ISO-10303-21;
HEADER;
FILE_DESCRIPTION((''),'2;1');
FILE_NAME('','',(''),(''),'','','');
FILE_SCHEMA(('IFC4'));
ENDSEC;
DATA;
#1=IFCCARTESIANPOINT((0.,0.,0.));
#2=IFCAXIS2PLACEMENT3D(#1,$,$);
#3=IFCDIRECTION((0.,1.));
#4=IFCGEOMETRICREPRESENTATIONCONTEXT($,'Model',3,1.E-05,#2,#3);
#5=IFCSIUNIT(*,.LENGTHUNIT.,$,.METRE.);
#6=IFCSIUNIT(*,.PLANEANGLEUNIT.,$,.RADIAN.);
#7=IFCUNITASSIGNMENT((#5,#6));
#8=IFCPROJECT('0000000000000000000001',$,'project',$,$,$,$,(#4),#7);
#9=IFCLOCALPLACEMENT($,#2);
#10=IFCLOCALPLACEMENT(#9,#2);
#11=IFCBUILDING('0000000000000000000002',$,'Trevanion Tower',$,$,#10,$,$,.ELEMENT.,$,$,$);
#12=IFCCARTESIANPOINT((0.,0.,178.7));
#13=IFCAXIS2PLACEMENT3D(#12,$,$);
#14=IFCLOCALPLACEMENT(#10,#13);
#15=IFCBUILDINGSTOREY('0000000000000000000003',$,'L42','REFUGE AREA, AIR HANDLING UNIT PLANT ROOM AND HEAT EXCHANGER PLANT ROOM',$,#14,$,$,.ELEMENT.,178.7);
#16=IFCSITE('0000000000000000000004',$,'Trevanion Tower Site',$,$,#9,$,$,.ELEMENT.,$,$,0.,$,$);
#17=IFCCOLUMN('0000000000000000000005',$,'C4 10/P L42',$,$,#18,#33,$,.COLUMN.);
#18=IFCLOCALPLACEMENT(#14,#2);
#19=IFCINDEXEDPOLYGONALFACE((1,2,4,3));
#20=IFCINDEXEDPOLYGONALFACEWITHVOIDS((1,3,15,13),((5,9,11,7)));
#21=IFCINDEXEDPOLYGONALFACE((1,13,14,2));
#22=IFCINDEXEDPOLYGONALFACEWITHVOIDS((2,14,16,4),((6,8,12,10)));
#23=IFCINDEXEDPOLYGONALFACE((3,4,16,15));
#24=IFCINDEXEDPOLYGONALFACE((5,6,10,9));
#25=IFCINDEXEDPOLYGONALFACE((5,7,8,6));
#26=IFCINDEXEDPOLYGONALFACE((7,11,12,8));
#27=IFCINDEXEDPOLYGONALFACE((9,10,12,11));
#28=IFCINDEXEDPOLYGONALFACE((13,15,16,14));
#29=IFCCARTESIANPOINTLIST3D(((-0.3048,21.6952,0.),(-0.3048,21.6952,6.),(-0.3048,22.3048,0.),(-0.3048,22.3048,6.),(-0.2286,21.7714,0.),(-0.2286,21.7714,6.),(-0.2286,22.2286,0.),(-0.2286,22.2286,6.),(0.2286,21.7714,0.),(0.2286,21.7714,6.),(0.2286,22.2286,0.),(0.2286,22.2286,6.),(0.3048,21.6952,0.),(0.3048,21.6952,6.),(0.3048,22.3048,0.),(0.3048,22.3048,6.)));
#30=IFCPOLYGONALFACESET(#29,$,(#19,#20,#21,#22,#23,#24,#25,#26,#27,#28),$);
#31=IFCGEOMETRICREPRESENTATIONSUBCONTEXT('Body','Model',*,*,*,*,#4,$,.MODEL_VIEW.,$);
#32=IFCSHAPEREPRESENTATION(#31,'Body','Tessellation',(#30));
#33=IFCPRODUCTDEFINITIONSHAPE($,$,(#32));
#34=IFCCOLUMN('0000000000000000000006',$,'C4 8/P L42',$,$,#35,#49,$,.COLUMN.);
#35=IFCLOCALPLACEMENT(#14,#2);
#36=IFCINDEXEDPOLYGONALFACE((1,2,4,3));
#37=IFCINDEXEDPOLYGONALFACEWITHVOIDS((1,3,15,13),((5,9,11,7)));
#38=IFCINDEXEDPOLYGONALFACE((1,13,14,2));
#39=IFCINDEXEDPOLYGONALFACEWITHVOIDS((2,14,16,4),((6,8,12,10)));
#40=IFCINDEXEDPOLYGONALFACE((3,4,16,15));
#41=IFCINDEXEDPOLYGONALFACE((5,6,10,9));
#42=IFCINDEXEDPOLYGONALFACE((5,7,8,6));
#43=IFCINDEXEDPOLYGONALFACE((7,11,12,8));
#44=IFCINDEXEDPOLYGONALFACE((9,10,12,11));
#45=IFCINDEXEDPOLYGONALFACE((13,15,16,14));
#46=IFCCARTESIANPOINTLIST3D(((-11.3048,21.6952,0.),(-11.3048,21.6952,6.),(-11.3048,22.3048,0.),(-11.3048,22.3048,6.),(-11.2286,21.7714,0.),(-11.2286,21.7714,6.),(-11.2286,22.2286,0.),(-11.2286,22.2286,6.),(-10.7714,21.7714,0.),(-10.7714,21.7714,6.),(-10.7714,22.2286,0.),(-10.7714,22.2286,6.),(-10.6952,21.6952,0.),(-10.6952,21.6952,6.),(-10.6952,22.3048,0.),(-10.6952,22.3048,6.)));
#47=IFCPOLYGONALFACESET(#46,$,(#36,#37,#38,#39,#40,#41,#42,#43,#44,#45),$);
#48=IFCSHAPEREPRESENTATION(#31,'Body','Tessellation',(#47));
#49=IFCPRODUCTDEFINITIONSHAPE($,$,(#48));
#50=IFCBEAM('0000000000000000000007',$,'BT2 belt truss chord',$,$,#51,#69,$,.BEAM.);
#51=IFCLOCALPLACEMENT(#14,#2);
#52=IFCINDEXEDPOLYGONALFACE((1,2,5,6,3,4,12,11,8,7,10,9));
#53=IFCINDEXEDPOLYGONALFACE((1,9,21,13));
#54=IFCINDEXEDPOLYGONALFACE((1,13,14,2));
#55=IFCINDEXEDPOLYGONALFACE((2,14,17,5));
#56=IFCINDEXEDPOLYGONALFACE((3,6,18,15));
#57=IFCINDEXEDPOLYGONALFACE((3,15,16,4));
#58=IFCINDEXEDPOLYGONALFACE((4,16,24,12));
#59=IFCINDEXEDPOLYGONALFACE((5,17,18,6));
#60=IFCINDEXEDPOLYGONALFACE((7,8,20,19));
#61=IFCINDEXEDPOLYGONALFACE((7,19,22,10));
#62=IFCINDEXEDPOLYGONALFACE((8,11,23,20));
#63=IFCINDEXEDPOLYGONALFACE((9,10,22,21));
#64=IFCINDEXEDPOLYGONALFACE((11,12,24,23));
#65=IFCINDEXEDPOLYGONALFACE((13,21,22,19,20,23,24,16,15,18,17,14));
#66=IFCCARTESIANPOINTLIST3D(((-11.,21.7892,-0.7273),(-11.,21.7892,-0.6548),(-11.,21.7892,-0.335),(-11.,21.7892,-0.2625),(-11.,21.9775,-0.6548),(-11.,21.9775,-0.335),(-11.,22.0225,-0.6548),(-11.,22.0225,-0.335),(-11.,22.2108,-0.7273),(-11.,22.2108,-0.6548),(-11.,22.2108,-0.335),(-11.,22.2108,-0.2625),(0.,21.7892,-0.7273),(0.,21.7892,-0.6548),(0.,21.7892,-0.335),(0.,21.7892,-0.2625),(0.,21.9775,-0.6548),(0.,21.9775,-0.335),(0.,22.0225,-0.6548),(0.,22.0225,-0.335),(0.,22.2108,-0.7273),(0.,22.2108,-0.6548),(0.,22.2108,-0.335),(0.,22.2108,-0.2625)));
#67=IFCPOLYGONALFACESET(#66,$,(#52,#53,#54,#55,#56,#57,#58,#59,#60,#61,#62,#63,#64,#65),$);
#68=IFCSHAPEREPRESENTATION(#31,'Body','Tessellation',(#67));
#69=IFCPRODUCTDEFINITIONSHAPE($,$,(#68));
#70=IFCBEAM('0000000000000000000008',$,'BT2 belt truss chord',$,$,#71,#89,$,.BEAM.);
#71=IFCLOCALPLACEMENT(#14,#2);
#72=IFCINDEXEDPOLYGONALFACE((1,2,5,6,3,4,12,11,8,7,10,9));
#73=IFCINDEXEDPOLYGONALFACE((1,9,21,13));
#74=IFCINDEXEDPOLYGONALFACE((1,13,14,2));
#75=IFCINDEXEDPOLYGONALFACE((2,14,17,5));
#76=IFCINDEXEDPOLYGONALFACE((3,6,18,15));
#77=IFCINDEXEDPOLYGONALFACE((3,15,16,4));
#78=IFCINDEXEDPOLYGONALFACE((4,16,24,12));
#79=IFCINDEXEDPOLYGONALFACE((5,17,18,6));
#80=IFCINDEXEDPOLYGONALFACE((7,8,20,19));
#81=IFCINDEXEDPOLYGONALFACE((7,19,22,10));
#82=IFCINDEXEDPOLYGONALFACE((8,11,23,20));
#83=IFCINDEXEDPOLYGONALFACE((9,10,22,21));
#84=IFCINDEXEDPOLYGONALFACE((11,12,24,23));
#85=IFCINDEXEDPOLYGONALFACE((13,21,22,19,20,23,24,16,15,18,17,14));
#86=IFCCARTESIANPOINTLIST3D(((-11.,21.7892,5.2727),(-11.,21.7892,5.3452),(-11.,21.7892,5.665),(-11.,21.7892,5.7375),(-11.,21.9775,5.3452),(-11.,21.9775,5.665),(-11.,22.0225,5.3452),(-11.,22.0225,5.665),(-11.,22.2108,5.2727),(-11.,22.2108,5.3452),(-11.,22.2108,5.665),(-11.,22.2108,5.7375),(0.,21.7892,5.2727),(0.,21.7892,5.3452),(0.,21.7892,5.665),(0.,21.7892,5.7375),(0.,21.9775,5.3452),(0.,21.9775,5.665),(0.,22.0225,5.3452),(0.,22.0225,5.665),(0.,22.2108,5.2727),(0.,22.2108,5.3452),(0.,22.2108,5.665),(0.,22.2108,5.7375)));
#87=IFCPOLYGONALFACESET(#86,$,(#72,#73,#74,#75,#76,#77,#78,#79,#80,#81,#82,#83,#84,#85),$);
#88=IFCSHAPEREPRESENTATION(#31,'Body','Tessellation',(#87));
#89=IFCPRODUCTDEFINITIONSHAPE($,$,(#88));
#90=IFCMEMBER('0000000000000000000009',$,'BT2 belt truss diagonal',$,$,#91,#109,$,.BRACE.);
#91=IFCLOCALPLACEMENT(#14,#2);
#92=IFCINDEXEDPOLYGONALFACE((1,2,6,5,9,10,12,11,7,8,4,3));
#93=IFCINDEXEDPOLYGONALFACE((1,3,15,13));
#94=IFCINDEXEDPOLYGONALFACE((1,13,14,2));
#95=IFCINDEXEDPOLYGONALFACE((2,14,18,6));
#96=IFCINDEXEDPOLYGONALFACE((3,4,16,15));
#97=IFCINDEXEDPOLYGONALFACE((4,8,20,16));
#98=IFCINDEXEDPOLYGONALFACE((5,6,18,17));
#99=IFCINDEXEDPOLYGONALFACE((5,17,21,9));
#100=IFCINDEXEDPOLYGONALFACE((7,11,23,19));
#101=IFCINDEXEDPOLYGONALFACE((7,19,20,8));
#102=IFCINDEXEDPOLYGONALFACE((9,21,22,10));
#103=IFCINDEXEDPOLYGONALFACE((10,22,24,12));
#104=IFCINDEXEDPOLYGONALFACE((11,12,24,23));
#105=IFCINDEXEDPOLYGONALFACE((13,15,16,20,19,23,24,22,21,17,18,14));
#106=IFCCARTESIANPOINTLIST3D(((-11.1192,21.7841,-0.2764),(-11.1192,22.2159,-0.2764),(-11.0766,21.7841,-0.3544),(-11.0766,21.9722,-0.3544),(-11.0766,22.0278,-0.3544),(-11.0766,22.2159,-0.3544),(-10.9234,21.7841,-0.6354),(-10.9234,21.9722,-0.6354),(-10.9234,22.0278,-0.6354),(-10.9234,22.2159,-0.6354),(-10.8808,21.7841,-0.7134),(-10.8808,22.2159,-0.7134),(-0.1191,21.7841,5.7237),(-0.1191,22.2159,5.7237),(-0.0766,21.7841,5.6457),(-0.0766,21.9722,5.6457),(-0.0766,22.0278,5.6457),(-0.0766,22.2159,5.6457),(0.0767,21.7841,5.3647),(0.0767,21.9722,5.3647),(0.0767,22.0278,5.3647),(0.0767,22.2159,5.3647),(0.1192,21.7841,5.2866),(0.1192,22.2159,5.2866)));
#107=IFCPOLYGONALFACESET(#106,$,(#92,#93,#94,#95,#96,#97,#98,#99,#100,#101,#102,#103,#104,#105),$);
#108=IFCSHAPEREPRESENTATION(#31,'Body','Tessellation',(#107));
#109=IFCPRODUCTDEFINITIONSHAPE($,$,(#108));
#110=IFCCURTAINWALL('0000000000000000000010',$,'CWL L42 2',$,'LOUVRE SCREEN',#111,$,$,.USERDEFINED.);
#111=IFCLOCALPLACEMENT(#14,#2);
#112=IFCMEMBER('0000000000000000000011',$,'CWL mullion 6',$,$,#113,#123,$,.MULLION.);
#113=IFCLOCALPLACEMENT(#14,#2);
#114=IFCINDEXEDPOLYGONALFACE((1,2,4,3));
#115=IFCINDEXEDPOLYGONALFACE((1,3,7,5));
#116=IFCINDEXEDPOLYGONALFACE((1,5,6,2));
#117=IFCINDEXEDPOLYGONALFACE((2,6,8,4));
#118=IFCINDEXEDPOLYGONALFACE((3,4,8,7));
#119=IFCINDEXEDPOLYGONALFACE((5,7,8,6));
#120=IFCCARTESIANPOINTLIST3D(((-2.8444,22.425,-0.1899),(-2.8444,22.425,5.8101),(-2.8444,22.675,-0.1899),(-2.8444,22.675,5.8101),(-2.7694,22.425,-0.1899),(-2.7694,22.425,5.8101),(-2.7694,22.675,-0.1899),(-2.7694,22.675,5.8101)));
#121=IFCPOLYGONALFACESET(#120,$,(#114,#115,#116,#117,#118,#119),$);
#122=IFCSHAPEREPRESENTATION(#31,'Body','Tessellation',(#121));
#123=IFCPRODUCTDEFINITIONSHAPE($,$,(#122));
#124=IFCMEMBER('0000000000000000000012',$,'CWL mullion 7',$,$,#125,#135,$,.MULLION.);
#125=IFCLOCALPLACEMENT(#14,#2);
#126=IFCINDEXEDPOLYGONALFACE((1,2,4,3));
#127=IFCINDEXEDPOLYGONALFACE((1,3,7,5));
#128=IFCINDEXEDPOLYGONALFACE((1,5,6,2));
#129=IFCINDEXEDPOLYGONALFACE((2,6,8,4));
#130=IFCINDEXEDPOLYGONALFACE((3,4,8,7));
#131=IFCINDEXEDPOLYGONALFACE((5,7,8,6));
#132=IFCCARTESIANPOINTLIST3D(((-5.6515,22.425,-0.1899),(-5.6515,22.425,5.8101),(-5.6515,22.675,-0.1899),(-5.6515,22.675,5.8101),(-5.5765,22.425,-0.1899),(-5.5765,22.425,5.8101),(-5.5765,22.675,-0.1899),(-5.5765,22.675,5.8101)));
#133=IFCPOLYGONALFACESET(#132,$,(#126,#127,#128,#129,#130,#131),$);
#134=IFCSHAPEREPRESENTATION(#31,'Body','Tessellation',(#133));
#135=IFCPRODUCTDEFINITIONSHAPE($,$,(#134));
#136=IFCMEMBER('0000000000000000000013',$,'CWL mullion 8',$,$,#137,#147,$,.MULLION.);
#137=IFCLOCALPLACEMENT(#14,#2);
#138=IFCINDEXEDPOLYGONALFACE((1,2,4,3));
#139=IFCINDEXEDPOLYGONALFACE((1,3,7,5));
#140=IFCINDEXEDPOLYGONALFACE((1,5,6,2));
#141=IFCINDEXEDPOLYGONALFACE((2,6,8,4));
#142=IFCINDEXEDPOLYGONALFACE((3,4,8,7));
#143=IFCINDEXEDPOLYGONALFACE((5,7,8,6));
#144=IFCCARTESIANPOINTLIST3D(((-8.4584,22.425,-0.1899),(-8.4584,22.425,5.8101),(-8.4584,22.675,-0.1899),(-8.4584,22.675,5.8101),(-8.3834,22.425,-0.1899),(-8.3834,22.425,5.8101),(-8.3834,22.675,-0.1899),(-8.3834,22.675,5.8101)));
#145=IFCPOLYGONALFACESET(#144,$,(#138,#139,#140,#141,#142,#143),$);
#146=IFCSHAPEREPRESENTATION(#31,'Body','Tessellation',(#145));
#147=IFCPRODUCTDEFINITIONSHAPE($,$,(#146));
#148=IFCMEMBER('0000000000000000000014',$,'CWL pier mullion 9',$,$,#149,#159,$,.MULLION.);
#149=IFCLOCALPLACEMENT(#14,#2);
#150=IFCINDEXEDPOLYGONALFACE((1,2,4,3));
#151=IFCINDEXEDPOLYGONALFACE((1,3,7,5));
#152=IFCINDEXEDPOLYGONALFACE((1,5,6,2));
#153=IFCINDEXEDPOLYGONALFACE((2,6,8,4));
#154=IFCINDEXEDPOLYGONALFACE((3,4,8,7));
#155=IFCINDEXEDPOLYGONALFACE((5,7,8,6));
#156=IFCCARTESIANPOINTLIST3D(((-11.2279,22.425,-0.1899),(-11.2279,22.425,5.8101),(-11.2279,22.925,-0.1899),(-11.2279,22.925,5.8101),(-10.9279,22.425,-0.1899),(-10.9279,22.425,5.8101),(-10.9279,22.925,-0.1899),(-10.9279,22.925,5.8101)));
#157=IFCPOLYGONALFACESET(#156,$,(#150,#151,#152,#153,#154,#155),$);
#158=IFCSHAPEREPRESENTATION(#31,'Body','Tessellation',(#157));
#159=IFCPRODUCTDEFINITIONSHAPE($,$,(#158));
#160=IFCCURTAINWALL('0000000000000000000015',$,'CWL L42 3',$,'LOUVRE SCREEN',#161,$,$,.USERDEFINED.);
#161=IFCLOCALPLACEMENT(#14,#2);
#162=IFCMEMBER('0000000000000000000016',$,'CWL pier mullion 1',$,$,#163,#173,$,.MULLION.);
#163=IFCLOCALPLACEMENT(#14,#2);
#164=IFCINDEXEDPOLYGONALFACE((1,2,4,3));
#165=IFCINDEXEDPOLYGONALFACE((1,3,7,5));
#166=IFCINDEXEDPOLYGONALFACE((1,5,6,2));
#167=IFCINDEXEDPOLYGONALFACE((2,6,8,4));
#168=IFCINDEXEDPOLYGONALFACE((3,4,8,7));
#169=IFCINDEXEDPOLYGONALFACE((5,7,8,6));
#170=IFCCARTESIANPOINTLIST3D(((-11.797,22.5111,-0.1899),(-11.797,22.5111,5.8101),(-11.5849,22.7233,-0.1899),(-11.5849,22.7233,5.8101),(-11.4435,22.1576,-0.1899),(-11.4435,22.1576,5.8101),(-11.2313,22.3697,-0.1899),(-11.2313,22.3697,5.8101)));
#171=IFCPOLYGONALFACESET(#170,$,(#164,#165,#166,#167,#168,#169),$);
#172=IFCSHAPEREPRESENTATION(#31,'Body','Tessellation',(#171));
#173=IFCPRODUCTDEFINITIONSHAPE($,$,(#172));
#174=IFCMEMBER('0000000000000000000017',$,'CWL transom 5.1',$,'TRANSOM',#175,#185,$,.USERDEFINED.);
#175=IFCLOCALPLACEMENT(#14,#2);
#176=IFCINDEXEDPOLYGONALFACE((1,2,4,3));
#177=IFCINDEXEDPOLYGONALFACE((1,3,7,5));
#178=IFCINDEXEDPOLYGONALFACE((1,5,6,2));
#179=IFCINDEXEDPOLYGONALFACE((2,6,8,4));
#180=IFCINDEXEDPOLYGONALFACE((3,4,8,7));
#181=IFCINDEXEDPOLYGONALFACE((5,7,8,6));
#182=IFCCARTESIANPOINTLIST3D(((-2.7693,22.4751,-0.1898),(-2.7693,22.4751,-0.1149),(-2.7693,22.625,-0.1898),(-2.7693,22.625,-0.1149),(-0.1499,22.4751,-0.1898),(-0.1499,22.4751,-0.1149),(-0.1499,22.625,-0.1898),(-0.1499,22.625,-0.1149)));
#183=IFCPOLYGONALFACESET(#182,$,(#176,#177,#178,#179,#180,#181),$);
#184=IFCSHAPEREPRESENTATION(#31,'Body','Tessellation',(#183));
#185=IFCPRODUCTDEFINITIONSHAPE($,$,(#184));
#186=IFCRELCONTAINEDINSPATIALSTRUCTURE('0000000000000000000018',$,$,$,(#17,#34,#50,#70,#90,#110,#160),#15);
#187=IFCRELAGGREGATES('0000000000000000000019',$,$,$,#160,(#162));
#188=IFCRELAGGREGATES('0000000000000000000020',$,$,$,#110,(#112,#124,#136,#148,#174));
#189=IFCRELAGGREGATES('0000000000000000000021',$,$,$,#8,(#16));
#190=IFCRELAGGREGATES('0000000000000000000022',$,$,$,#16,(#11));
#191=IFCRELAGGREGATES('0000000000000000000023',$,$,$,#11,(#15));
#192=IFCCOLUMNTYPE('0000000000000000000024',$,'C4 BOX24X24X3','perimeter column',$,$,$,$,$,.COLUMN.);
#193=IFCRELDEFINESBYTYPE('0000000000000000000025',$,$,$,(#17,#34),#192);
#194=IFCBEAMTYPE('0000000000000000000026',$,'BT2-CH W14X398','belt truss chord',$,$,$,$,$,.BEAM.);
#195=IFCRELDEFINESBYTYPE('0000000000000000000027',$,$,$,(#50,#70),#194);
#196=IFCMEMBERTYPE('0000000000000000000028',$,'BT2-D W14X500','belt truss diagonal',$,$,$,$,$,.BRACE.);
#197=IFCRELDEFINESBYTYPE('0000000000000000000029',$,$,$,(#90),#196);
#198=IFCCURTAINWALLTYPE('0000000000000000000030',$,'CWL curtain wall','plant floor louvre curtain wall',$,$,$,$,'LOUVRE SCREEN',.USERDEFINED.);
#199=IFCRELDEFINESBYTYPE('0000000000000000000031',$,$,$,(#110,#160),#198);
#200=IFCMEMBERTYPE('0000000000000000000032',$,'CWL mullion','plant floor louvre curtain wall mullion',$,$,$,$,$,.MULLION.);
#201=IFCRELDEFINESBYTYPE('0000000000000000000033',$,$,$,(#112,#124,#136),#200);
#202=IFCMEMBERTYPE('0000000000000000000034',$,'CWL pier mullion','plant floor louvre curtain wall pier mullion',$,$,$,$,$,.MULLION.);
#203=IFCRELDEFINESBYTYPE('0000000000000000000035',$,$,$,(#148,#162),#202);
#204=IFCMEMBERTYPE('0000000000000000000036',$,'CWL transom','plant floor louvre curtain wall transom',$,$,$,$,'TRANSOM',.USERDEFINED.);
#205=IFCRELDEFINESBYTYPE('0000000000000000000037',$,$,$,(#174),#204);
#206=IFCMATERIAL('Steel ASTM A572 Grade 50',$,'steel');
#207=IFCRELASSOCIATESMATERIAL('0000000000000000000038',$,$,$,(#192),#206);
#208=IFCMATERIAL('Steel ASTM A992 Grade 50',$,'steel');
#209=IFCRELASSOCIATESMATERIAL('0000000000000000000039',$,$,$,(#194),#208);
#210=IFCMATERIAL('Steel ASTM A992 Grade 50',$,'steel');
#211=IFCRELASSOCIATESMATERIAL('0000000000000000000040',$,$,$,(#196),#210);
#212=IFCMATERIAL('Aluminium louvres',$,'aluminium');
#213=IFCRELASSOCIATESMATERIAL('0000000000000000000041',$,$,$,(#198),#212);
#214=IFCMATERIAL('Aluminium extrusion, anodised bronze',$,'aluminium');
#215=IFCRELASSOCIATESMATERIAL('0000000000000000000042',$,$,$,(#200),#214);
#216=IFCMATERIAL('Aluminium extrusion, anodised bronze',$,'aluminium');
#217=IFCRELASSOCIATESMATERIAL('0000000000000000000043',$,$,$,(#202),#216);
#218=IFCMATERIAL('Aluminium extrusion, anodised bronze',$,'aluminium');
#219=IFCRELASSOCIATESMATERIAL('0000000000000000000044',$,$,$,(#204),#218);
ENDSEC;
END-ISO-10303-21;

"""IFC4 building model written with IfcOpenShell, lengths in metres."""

from ifc_helpers import new_model, si_unit, direction, frame, origin, origin_2d, place, context, subcontext, project, spatial, rectangle, hollow_rectangle, i_section, extrude, material, material_profile, profile_set, type_object, element, aggregate, save


model = new_model("IFC4")

# Units and contexts
model_context = context("Model", 3, precision=1e-05, world=origin(), true_north=direction((0.0, 1.0)))
body_context = subcontext(model_context, "Body", "Model", "MODEL_VIEW")
ifc_project = project(units=[si_unit("LENGTHUNIT", "METRE"), si_unit("PLANEANGLEUNIT", "RADIAN")], contexts=[model_context])

# Site, building, storey
site_placement = place(None, origin())
site = spatial("IfcSite", under=ifc_project, at=site_placement, Name="Trevanion Tower Site", CompositionType="ELEMENT", RefElevation=0.0)
building_placement = place(site_placement, origin())
building = spatial("IfcBuilding", under=site, at=building_placement, Name="Trevanion Tower", CompositionType="ELEMENT")
storey_placement = place(building_placement, frame((0.0, 0.0, 178.7)))
storey = spatial("IfcBuildingStorey", under=building, at=storey_placement, Name="L42", Description="REFUGE AREA, AIR HANDLING UNIT PLANT ROOM AND HEAT EXCHANGER PLANT ROOM", CompositionType="ELEMENT", Elevation=178.7)

# Columns
ifc_material_1 = material(Name="Steel ASTM A572 Grade 50", Category="steel")
ifc_material_profile_1 = material_profile(ifc_material_1, hollow_rectangle(XDim=0.6096, YDim=0.6096, WallThickness=0.0762, at=origin_2d()), Name="BOX24X24X3")
ifc_profile_set_1 = profile_set([ifc_material_profile_1], Name="Steel ASTM A572 Grade 50")
column_type = type_object("IfcColumnType", Name="C4 BOX24X24X3", Description="perimeter column", PredefinedType="COLUMN", material=ifc_profile_set_1)
for number, where, z_axis, x_axis, name in (
    (1, (0.0, 22.0, 0.0), (0.0, 0.0, 1.0), (1.0, 0.0, 0.0), "C4 10/P L42"),
    (2, (-11.0, 22.0, 0.0), (0.0, 0.0, 1.0), (1.0, 0.0, 0.0), "C4 8/P L42"),
):
    element("IfcColumn", number, at=place(storey_placement, frame(where, z_axis=z_axis, x_axis=x_axis)), inside=storey, type_object=column_type, Name=name, PredefinedType="COLUMN", context=body_context, shape_type="SweptSolid", body=[
        extrude(hollow_rectangle(XDim=0.6096, YDim=0.6096, WallThickness=0.0762, at=origin_2d()), origin(), (0.0, 0.0, 1.0), 6.0),
    ])

# Beams
ifc_material_2 = material(Name="Steel ASTM A992 Grade 50", Category="steel")
ifc_material_profile_2 = material_profile(ifc_material_2, i_section(OverallWidth=0.4216, OverallDepth=0.4648, WebThickness=0.0449, FlangeThickness=0.0725, at=origin_2d()), Name="W14X398")
ifc_profile_set_2 = profile_set([ifc_material_profile_2], Name="Steel ASTM A992 Grade 50")
beam_type_1 = type_object("IfcBeamType", Name="BT2-CH W14X398", Description="belt truss chord", PredefinedType="BEAM", material=ifc_profile_set_2)
for number, where, z_axis, x_axis, name in (
    (3, (0.0, 22.0, -0.4949), (-1.0, 0.0, 0.0), (0.0, -1.0, 0.0), "BT2 belt truss chord"),
    (4, (0.0, 22.0, 5.5051), (-1.0, 0.0, 0.0), (0.0, -1.0, 0.0), "BT2 belt truss chord"),
):
    element("IfcBeam", number, at=place(storey_placement, frame(where, z_axis=z_axis, x_axis=x_axis)), inside=storey, type_object=beam_type_1, Name=name, PredefinedType="BEAM", context=body_context, shape_type="SweptSolid", body=[
        extrude(i_section(OverallWidth=0.4216, OverallDepth=0.4648, WebThickness=0.0449, FlangeThickness=0.0725, at=origin_2d()), origin(), (0.0, 0.0, 1.0), 11.0),
    ])

# Member
ifc_material_3 = material(Name="Steel ASTM A992 Grade 50", Category="steel")
ifc_material_profile_3 = material_profile(ifc_material_3, i_section(OverallWidth=0.4319, OverallDepth=0.4978, WebThickness=0.0557, FlangeThickness=0.0889, at=origin_2d()), Name="W14X500")
ifc_profile_set_3 = profile_set([ifc_material_profile_3], Name="Steel ASTM A992 Grade 50")
member_type_1 = type_object("IfcMemberType", Name="BT2-D W14X500", Description="belt truss diagonal", PredefinedType="BRACE", material=ifc_profile_set_3)
member_1_placement = place(storey_placement, frame((-11.0, 22.0, -0.4949), z_axis=(0.877896, 0.0, 0.478852), x_axis=(0.0, 1.0, 0.0)))
element("IfcMember", 5, at=member_1_placement, inside=storey, type_object=member_type_1, Name="BT2 belt truss diagonal", PredefinedType="BRACE", context=body_context, shape_type="SweptSolid", body=[
    extrude(i_section(OverallWidth=0.4319, OverallDepth=0.4978, WebThickness=0.0557, FlangeThickness=0.0889, at=origin_2d()), origin(), (0.0, 0.0, 1.0), 12.53),
])

# Curtain wall, members
ifc_material_4 = material(Name="Aluminium louvres", Category="aluminium")
curtain_wall_type = type_object("IfcCurtainWallType", Name="CWL curtain wall", Description="plant floor louvre curtain wall", ElementType="LOUVRE SCREEN", PredefinedType="USERDEFINED", material=ifc_material_4)
curtain_wall_1_placement = place(storey_placement, origin())
curtain_wall_1 = element("IfcCurtainWall", 6, at=curtain_wall_1_placement, inside=storey, type_object=curtain_wall_type, Name="CWL L42 2", ObjectType="LOUVRE SCREEN", PredefinedType="USERDEFINED")
ifc_material_5 = material(Name="Aluminium extrusion, anodised bronze", Category="aluminium")
ifc_material_profile_4 = material_profile(ifc_material_5, rectangle(XDim=0.075, YDim=0.25, at=origin_2d()), Name="CWL mullion")
ifc_profile_set_4 = profile_set([ifc_material_profile_4], Name="Aluminium extrusion, anodised bronze")
member_type_2 = type_object("IfcMemberType", Name="CWL mullion", Description="plant floor louvre curtain wall mullion", PredefinedType="MULLION", material=ifc_profile_set_4)
member_2_placement = place(storey_placement, frame((-2.8069, 22.55, -0.1899), z_axis=(0.0, 0.0, 1.0), x_axis=(-1.0, 0.0, 0.0)))
member_2 = element("IfcMember", 7, at=member_2_placement, type_object=member_type_2, Name="CWL mullion 6", PredefinedType="MULLION", context=body_context, shape_type="SweptSolid", body=[
    extrude(rectangle(XDim=0.075, YDim=0.25, at=origin_2d()), origin(), (0.0, 0.0, 1.0), 6.0),
])
member_3_placement = place(storey_placement, frame((-5.614, 22.55, -0.1899), z_axis=(0.0, 0.0, 1.0), x_axis=(-1.0, 0.0, 0.0)))
member_3 = element("IfcMember", 8, at=member_3_placement, type_object=member_type_2, Name="CWL mullion 7", PredefinedType="MULLION", context=body_context, shape_type="SweptSolid", body=[
    extrude(rectangle(XDim=0.075, YDim=0.25, at=origin_2d()), origin(), (0.0, 0.0, 1.0), 6.0),
])
member_4_placement = place(storey_placement, frame((-8.4209, 22.55, -0.1899), z_axis=(0.0, 0.0, 1.0), x_axis=(-1.0, 0.0, 0.0)))
member_4 = element("IfcMember", 9, at=member_4_placement, type_object=member_type_2, Name="CWL mullion 8", PredefinedType="MULLION", context=body_context, shape_type="SweptSolid", body=[
    extrude(rectangle(XDim=0.075, YDim=0.25, at=origin_2d()), origin(), (0.0, 0.0, 1.0), 6.0),
])
ifc_material_6 = material(Name="Aluminium extrusion, anodised bronze", Category="aluminium")
ifc_material_profile_5 = material_profile(ifc_material_6, rectangle(XDim=0.3, YDim=0.5, at=origin_2d()), Name="CWL pier mullion")
ifc_profile_set_5 = profile_set([ifc_material_profile_5], Name="Aluminium extrusion, anodised bronze")
member_type_3 = type_object("IfcMemberType", Name="CWL pier mullion", Description="plant floor louvre curtain wall pier mullion", PredefinedType="MULLION", material=ifc_profile_set_5)
member_5_placement = place(storey_placement, frame((-11.0779, 22.675, -0.1899), z_axis=(0.0, 0.0, 1.0), x_axis=(-1.0, 0.0, 0.0)))
member_5 = element("IfcMember", 10, at=member_5_placement, type_object=member_type_3, Name="CWL pier mullion 9", PredefinedType="MULLION", context=body_context, shape_type="SweptSolid", body=[
    extrude(rectangle(XDim=0.3, YDim=0.5, at=origin_2d()), origin(), (0.0, 0.0, 1.0), 6.0),
])

# Curtain wall, member
curtain_wall_2_placement = place(storey_placement, origin())
curtain_wall_2 = element("IfcCurtainWall", 11, at=curtain_wall_2_placement, inside=storey, type_object=curtain_wall_type, Name="CWL L42 3", ObjectType="LOUVRE SCREEN", PredefinedType="USERDEFINED")
member_6_placement = place(storey_placement, frame((-11.5142, 22.4404, -0.1899), z_axis=(0.0, 0.0, 1.0), x_axis=(-0.707107, -0.707107, 0.0)))
member_6 = element("IfcMember", 12, at=member_6_placement, type_object=member_type_3, Name="CWL pier mullion 1", PredefinedType="MULLION", context=body_context, shape_type="SweptSolid", body=[
    extrude(rectangle(XDim=0.3, YDim=0.5, at=origin_2d()), origin(), (0.0, 0.0, 1.0), 6.0),
])

# Member
ifc_material_7 = material(Name="Aluminium extrusion, anodised bronze", Category="aluminium")
ifc_material_profile_6 = material_profile(ifc_material_7, rectangle(XDim=0.1499, YDim=0.075, at=origin_2d()), Name="CWL transom")
ifc_profile_set_6 = profile_set([ifc_material_profile_6], Name="Aluminium extrusion, anodised bronze")
member_type_4 = type_object("IfcMemberType", Name="CWL transom", Description="plant floor louvre curtain wall transom", ElementType="TRANSOM", PredefinedType="USERDEFINED", material=ifc_profile_set_6)
member_7_placement = place(storey_placement, frame((-0.1499, 22.55, -0.1523), z_axis=(-1.0, 0.0, 0.0), x_axis=(0.0, -1.0, 0.0)))
member_7 = element("IfcMember", 13, at=member_7_placement, type_object=member_type_4, Name="CWL transom 5.1", ObjectType="TRANSOM", PredefinedType="USERDEFINED", context=body_context, shape_type="SweptSolid", body=[
    extrude(rectangle(XDim=0.1499, YDim=0.075, at=origin_2d()), origin(), (0.0, 0.0, 1.0), 2.6194),
])
aggregate(curtain_wall_2, [member_6])

aggregate(curtain_wall_1, [member_2, member_3, member_4, member_5, member_7])

save(model, "model.ifc")
